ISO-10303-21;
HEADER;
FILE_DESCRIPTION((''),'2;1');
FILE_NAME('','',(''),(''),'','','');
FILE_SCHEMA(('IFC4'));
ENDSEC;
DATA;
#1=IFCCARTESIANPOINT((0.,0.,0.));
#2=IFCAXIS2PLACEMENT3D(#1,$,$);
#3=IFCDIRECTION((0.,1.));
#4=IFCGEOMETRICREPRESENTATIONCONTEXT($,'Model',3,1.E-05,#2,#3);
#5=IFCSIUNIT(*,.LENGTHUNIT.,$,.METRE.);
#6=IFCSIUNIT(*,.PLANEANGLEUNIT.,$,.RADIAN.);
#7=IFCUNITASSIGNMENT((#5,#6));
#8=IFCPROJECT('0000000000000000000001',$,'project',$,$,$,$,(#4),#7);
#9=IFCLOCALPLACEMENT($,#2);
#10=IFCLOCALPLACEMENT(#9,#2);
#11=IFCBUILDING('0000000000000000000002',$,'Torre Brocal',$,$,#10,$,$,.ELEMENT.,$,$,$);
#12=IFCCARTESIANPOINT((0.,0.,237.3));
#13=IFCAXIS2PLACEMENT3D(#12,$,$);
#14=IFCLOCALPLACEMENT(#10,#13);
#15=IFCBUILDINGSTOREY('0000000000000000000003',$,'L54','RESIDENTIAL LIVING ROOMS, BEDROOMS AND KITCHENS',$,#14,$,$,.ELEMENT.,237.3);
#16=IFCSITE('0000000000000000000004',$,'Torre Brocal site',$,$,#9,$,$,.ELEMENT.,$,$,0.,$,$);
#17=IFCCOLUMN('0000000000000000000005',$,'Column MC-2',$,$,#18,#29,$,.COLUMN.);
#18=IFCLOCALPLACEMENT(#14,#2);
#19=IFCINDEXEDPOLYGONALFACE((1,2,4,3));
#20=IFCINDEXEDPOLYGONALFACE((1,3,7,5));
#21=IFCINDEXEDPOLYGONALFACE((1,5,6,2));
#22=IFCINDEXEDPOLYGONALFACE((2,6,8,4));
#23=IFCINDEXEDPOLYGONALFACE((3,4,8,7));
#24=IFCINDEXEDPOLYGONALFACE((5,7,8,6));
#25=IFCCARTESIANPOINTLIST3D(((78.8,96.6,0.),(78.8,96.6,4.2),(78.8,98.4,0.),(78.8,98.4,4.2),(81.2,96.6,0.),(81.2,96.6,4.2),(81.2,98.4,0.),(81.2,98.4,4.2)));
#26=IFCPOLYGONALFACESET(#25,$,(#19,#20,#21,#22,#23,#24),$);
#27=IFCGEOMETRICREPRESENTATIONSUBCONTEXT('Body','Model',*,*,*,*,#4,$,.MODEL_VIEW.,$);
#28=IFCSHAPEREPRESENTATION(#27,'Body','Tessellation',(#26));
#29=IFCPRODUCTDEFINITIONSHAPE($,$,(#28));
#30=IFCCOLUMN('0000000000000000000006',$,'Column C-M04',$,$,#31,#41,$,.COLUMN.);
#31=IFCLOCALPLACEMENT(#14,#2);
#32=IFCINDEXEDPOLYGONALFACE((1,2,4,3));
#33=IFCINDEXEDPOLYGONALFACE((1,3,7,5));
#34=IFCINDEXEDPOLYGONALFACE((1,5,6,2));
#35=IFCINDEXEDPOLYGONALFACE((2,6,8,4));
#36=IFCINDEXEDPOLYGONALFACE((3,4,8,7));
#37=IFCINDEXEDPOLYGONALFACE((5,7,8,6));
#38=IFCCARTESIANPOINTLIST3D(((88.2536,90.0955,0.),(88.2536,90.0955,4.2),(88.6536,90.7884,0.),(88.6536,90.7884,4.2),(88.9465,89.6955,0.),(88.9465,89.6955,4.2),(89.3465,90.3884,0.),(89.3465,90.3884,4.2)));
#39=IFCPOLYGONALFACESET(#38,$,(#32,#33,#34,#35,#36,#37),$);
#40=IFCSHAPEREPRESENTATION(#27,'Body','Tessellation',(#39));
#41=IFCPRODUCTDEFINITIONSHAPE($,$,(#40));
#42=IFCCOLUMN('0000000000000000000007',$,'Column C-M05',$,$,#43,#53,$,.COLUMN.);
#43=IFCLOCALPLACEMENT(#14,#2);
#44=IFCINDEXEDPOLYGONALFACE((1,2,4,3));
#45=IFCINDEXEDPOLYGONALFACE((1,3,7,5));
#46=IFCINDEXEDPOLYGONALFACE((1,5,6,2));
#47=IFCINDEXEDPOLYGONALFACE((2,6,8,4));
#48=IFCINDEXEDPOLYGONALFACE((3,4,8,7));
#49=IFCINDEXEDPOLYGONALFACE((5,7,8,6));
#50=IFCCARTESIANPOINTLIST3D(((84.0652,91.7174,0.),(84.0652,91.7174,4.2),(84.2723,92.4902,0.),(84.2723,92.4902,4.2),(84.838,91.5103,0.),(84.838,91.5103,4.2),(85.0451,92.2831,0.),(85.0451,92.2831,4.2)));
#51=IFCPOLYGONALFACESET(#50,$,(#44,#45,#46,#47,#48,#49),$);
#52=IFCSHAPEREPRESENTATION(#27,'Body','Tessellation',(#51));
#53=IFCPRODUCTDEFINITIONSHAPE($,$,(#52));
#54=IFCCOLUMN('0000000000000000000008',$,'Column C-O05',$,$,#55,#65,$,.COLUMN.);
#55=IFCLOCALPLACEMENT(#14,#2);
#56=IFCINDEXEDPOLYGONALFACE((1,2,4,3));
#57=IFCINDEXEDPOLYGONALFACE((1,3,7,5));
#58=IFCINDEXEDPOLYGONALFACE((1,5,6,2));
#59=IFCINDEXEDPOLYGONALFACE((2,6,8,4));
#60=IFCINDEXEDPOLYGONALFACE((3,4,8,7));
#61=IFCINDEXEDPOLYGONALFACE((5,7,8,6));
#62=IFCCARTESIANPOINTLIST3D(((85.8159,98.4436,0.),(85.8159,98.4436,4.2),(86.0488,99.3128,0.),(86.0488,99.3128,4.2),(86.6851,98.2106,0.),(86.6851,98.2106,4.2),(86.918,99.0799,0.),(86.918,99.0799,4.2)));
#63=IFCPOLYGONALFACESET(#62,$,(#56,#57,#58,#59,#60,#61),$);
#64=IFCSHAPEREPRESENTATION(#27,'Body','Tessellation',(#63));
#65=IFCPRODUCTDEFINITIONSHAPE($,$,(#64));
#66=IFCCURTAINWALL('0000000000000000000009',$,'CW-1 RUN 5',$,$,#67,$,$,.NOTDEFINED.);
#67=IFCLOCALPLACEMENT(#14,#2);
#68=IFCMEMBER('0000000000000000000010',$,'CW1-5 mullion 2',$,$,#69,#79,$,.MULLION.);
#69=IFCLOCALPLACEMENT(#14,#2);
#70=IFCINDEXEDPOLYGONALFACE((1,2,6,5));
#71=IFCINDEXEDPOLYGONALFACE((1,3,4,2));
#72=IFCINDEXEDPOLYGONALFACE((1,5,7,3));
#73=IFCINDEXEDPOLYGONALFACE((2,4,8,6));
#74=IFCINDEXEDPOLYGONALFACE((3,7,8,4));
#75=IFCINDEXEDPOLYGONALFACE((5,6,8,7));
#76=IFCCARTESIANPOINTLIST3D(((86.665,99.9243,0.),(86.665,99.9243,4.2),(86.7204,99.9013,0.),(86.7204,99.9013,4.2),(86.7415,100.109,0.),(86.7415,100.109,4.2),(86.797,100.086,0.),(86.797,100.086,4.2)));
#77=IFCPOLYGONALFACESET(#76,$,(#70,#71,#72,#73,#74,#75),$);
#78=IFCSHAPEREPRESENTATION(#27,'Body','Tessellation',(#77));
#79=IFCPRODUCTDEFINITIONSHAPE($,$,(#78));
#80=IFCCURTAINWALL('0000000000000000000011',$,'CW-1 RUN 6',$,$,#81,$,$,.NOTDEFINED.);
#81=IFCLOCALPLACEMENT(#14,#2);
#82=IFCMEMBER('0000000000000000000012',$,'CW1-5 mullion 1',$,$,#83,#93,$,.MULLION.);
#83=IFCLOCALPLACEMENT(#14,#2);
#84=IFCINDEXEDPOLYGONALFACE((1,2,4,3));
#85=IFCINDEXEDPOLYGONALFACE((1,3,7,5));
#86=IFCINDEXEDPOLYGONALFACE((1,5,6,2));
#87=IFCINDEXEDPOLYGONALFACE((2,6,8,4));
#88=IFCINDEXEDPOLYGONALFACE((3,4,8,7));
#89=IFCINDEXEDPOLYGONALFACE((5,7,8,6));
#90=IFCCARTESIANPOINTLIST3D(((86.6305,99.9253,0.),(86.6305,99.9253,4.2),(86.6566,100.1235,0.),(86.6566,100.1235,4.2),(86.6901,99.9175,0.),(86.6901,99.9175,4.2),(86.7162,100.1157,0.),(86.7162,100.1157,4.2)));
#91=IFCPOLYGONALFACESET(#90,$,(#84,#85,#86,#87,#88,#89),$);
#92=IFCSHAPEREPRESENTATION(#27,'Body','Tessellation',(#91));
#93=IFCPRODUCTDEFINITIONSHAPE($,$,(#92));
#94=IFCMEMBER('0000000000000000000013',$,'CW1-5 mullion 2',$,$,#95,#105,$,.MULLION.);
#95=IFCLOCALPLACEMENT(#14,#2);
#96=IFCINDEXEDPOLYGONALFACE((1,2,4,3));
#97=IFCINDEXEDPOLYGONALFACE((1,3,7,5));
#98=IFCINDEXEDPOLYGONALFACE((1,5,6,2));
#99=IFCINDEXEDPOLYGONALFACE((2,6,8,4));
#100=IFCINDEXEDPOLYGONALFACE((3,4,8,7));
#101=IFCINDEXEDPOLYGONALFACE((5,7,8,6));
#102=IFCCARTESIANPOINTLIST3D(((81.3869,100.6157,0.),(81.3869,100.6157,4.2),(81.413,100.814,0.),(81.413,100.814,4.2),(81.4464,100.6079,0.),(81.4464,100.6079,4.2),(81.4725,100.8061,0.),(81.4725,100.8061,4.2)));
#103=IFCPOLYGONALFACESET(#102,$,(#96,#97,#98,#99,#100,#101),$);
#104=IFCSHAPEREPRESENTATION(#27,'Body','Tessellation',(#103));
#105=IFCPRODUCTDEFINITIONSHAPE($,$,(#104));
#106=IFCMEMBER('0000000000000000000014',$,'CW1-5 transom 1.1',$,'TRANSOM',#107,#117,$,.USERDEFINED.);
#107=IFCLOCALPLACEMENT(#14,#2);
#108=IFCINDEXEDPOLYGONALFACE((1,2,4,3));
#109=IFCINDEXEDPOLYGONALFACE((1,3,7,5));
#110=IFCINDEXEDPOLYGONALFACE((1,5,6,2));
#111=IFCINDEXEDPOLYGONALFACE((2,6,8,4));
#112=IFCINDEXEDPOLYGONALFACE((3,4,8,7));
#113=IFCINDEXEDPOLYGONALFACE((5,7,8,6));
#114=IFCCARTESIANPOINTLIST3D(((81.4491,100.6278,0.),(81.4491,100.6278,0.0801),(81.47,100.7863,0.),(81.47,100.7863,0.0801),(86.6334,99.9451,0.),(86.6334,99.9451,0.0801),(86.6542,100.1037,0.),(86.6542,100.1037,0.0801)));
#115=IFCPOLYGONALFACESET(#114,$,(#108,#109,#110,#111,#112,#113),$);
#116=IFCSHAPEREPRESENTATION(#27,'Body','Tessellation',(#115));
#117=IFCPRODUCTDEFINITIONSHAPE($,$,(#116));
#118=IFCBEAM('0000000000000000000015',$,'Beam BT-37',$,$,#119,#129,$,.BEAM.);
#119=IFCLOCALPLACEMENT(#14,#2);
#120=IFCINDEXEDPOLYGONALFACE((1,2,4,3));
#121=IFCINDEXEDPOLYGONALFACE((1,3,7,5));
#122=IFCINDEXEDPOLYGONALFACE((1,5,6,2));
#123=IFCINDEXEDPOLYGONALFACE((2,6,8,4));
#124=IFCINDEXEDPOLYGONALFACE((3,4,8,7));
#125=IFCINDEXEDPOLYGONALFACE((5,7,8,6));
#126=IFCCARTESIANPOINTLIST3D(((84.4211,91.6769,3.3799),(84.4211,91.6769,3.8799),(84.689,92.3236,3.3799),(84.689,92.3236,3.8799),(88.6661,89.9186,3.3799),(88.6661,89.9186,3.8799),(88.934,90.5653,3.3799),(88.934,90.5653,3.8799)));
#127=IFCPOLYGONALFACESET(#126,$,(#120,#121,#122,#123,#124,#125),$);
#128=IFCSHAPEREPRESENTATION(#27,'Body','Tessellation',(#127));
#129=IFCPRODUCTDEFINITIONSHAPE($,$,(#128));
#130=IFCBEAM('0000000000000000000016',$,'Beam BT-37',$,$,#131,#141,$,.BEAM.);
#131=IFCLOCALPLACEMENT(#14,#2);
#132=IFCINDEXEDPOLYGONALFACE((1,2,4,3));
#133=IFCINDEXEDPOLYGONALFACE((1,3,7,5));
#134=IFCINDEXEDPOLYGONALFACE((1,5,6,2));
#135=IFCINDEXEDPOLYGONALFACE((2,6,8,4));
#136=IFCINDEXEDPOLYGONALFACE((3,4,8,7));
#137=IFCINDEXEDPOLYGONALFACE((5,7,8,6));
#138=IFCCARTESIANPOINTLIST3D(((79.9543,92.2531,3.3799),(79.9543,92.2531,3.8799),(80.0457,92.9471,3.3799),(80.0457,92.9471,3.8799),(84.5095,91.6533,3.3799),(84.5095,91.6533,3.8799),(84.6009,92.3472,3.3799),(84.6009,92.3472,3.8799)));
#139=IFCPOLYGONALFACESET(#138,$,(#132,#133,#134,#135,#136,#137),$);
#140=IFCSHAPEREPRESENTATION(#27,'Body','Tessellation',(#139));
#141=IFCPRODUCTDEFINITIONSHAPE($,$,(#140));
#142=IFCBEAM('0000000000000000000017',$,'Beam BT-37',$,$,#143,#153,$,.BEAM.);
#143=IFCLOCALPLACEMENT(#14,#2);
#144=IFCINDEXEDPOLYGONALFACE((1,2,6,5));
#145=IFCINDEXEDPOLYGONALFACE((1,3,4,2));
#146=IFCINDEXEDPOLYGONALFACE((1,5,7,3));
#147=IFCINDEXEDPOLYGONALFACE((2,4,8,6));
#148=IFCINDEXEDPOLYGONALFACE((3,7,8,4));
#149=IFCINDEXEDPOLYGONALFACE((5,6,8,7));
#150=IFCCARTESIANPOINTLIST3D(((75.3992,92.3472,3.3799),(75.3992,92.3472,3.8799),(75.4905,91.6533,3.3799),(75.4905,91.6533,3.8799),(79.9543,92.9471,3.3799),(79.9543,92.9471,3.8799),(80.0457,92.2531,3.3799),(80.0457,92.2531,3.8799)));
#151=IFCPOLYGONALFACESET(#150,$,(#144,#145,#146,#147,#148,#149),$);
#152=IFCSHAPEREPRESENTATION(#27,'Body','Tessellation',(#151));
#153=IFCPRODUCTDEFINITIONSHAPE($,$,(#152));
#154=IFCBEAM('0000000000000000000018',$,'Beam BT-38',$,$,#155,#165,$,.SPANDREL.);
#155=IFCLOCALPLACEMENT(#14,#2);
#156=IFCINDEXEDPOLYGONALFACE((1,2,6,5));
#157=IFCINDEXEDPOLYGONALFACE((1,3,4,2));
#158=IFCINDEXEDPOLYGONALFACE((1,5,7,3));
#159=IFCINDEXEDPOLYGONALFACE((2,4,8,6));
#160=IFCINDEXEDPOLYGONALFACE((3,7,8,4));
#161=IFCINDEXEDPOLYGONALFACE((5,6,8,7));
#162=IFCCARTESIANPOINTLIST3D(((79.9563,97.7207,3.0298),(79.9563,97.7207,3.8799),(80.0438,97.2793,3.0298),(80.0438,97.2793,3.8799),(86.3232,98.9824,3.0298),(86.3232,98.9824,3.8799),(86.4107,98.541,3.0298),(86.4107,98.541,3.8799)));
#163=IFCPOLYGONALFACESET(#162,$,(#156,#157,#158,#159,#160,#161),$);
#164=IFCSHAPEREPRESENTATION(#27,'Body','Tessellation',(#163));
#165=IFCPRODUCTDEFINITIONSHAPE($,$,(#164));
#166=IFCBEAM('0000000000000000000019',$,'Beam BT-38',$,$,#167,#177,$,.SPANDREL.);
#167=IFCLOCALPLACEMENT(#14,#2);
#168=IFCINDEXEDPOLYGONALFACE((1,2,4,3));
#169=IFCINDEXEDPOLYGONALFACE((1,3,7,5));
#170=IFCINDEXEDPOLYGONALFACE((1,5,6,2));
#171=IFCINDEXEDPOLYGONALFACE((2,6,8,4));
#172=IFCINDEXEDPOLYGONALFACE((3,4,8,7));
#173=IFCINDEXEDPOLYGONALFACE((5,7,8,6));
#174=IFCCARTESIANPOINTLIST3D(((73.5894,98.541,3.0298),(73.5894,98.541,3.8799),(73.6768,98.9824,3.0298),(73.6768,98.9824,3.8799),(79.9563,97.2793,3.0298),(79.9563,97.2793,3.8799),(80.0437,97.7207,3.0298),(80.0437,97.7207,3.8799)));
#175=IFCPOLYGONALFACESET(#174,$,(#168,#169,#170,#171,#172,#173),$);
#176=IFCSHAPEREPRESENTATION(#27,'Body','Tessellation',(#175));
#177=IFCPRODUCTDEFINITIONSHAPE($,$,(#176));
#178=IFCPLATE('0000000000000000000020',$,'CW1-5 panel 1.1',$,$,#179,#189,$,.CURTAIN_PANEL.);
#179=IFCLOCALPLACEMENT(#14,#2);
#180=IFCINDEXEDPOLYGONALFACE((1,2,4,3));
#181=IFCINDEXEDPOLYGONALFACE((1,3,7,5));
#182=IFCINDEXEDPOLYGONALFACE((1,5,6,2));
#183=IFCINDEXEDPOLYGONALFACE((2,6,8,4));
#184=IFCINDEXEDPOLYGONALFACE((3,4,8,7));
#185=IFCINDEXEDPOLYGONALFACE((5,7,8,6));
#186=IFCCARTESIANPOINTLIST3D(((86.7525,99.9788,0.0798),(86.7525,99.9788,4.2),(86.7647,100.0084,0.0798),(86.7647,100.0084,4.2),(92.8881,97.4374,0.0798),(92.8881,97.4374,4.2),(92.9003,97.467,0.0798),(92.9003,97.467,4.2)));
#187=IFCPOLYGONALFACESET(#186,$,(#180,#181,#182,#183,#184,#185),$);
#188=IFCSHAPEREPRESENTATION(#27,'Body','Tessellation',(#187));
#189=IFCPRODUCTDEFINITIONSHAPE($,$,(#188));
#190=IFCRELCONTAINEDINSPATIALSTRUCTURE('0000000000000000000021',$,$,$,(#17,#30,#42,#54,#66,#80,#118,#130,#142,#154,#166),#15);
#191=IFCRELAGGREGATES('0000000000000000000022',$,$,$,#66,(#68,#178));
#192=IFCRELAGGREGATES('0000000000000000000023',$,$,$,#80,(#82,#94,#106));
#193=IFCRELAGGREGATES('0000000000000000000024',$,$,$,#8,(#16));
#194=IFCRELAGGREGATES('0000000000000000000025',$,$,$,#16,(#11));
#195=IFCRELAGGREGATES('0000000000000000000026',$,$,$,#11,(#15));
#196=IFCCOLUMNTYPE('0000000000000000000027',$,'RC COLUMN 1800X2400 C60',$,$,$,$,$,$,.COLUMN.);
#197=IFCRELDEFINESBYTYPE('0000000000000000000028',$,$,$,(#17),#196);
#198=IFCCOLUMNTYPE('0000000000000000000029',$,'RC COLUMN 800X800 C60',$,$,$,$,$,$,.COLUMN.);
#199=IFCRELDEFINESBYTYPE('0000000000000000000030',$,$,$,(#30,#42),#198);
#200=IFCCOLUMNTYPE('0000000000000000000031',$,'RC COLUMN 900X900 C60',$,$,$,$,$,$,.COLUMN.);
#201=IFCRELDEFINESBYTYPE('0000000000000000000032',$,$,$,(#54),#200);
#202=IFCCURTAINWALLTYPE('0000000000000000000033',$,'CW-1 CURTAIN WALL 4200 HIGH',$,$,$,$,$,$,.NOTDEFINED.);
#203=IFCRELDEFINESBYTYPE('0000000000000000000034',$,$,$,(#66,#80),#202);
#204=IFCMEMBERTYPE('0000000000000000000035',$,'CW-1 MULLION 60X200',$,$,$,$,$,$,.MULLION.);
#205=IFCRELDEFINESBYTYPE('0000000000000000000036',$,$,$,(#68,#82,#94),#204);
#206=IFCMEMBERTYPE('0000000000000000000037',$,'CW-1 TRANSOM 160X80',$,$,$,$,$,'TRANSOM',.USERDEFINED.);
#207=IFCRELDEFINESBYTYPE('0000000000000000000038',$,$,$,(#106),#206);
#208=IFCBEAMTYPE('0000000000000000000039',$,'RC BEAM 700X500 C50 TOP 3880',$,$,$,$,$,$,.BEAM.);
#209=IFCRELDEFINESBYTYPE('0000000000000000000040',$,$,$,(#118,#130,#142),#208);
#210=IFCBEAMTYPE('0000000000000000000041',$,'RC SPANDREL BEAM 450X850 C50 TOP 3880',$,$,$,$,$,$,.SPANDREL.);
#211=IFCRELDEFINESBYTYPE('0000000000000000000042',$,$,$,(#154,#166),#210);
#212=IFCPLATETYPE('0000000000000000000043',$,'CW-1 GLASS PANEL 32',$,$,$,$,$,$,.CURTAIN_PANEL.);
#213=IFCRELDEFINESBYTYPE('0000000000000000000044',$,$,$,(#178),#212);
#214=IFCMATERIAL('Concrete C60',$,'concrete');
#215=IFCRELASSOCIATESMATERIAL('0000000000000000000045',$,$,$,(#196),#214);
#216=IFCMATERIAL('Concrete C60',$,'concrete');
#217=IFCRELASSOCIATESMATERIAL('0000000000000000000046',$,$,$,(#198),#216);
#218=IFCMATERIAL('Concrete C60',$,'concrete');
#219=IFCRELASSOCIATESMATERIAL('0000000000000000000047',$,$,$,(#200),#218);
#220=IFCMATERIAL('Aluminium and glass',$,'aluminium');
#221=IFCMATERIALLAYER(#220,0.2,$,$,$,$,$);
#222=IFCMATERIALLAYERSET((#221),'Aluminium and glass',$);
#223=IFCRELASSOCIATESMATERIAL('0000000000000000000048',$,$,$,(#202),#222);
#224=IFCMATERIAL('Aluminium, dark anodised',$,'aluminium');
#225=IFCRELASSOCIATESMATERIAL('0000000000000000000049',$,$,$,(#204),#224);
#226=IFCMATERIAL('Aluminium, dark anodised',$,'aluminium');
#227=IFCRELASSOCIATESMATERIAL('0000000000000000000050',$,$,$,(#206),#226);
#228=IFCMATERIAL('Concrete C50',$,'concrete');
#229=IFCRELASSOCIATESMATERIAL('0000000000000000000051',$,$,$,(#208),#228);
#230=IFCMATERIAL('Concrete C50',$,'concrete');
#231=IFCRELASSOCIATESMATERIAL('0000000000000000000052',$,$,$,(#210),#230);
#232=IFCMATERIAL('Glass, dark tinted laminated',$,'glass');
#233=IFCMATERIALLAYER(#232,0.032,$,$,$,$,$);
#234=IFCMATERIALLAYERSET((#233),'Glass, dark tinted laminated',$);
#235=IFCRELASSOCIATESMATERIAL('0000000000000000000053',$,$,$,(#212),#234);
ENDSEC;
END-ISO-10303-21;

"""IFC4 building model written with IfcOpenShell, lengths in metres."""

from ifc_helpers import new_model, si_unit, direction, frame, origin, origin_2d, place, context, subcontext, project, spatial, rectangle, extrude, material, layer, layer_set, material_profile, profile_set, type_object, element, aggregate, save


model = new_model("IFC4")

# Units and contexts
model_context = context("Model", 3, precision=1e-05, world=origin(), true_north=direction((0.0, 1.0)))
body_context = subcontext(model_context, "Body", "Model", "MODEL_VIEW")
ifc_project = project(units=[si_unit("LENGTHUNIT", "METRE"), si_unit("PLANEANGLEUNIT", "RADIAN")], contexts=[model_context])

# Site, building, storey
site_placement = place(None, origin())
site = spatial("IfcSite", under=ifc_project, at=site_placement, Name="Torre Brocal site", CompositionType="ELEMENT", RefElevation=0.0)
building_placement = place(site_placement, origin())
building = spatial("IfcBuilding", under=site, at=building_placement, Name="Torre Brocal", CompositionType="ELEMENT")
storey_placement = place(building_placement, frame((0.0, 0.0, 237.3)))
storey = spatial("IfcBuildingStorey", under=building, at=storey_placement, Name="L54", Description="RESIDENTIAL LIVING ROOMS, BEDROOMS AND KITCHENS", CompositionType="ELEMENT", Elevation=237.3)

# Columns
ifc_material_1 = material(Name="Concrete C60", Category="concrete")
ifc_material_profile_1 = material_profile(ifc_material_1, rectangle(XDim=1.8, YDim=2.3999, at=origin_2d()), Name="RC 1800X2400")
ifc_profile_set_1 = profile_set([ifc_material_profile_1], Name="Concrete C60")
column_type_1 = type_object("IfcColumnType", Name="RC COLUMN 1800X2400 C60", PredefinedType="COLUMN", material=ifc_profile_set_1)
column_1_placement = place(storey_placement, frame((80.0, 97.5, 0.0), z_axis=(0.0, 0.0, 1.0), x_axis=(0.0, 1.0, 0.0)))
element("IfcColumn", 1, at=column_1_placement, inside=storey, type_object=column_type_1, Name="Column MC-2", PredefinedType="COLUMN", context=body_context, shape_type="SweptSolid", body=[
    extrude(rectangle(XDim=1.8, YDim=2.3999, at=origin_2d()), origin(), (0.0, 0.0, 1.0), 4.2),
])
ifc_material_2 = material(Name="Concrete C60", Category="concrete")
ifc_material_profile_2 = material_profile(ifc_material_2, rectangle(XDim=0.8, YDim=0.8, at=origin_2d()), Name="RC 800X800")
ifc_profile_set_2 = profile_set([ifc_material_profile_2], Name="Concrete C60")
column_type_2 = type_object("IfcColumnType", Name="RC COLUMN 800X800 C60", PredefinedType="COLUMN", material=ifc_profile_set_2)
for number, where, z_axis, x_axis, name in (
    (2, (88.8, 90.2419, 0.0), (0.0, 0.0, 1.0), (0.5, 0.866025, 0.0), "Column C-M04"),
    (3, (84.5552, 92.0002, 0.0), (0.0, 0.0, 1.0), (0.258819, 0.965926, 0.0), "Column C-M05"),
):
    element("IfcColumn", number, at=place(storey_placement, frame(where, z_axis=z_axis, x_axis=x_axis)), inside=storey, type_object=column_type_2, Name=name, PredefinedType="COLUMN", context=body_context, shape_type="SweptSolid", body=[
        extrude(rectangle(XDim=0.8, YDim=0.8, at=origin_2d()), origin(), (0.0, 0.0, 1.0), 4.2),
    ])
ifc_material_3 = material(Name="Concrete C60", Category="concrete")
ifc_material_profile_3 = material_profile(ifc_material_3, rectangle(XDim=0.8999, YDim=0.8999, at=origin_2d()), Name="RC 900X900")
ifc_profile_set_3 = profile_set([ifc_material_profile_3], Name="Concrete C60")
column_type_3 = type_object("IfcColumnType", Name="RC COLUMN 900X900 C60", PredefinedType="COLUMN", material=ifc_profile_set_3)
column_2_placement = place(storey_placement, frame((86.3669, 98.7617, 0.0), z_axis=(0.0, 0.0, 1.0), x_axis=(0.258819, 0.965926, 0.0)))
element("IfcColumn", 4, at=column_2_placement, inside=storey, type_object=column_type_3, Name="Column C-O05", PredefinedType="COLUMN", context=body_context, shape_type="SweptSolid", body=[
    extrude(rectangle(XDim=0.8999, YDim=0.8999, at=origin_2d()), origin(), (0.0, 0.0, 1.0), 4.2),
])

# Curtain wall, member
ifc_material_4 = material(Name="Aluminium and glass", Category="aluminium")
ifc_layer_1 = layer(ifc_material_4, 0.2)
ifc_layer_set_1 = layer_set([ifc_layer_1], Name="Aluminium and glass")
curtain_wall_type = type_object("IfcCurtainWallType", Name="CW-1 CURTAIN WALL 4200 HIGH", PredefinedType="NOTDEFINED", material=ifc_layer_set_1)
curtain_wall_1_placement = place(storey_placement, origin())
curtain_wall_1 = element("IfcCurtainWall", 5, at=curtain_wall_1_placement, inside=storey, type_object=curtain_wall_type, Name="CW-1 RUN 5", PredefinedType="NOTDEFINED")
ifc_material_5 = material(Name="Aluminium, dark anodised", Category="aluminium")
ifc_material_profile_4 = material_profile(ifc_material_5, rectangle(XDim=0.2, YDim=0.0601, at=origin_2d()), Name="CW-1 MULLION 60X200")
ifc_profile_set_4 = profile_set([ifc_material_profile_4], Name="Aluminium, dark anodised")
member_type_1 = type_object("IfcMemberType", Name="CW-1 MULLION 60X200", PredefinedType="MULLION", material=ifc_profile_set_4)
member_1_placement = place(storey_placement, frame((86.731, 100.0051, 0.0), z_axis=(0.0, 0.0, 1.0), x_axis=(-0.382683, -0.92388, 0.0)))
member_1 = element("IfcMember", 6, at=member_1_placement, type_object=member_type_1, Name="CW1-5 mullion 2", PredefinedType="MULLION", context=body_context, shape_type="SweptSolid", body=[
    extrude(rectangle(XDim=0.2, YDim=0.0601, at=origin_2d()), origin(), (0.0, 0.0, 1.0), 4.2),
])

# Curtain wall, members
curtain_wall_2_placement = place(storey_placement, origin())
curtain_wall_2 = element("IfcCurtainWall", 7, at=curtain_wall_2_placement, inside=storey, type_object=curtain_wall_type, Name="CW-1 RUN 6", PredefinedType="NOTDEFINED")
member_2_placement = place(storey_placement, frame((86.6733, 100.0205, 0.0), z_axis=(0.0, 0.0, 1.0), x_axis=(-0.130526, -0.991445, 0.0)))
member_2 = element("IfcMember", 8, at=member_2_placement, type_object=member_type_1, Name="CW1-5 mullion 1", PredefinedType="MULLION", context=body_context, shape_type="SweptSolid", body=[
    extrude(rectangle(XDim=0.2, YDim=0.0601, at=origin_2d()), origin(), (0.0, 0.0, 1.0), 4.2),
])
member_3_placement = place(storey_placement, frame((81.4297, 100.7109, 0.0), z_axis=(0.0, 0.0, 1.0), x_axis=(-0.130526, -0.991445, 0.0)))
member_3 = element("IfcMember", 9, at=member_3_placement, type_object=member_type_1, Name="CW1-5 mullion 2", PredefinedType="MULLION", context=body_context, shape_type="SweptSolid", body=[
    extrude(rectangle(XDim=0.2, YDim=0.0601, at=origin_2d()), origin(), (0.0, 0.0, 1.0), 4.2),
])
ifc_material_6 = material(Name="Aluminium, dark anodised", Category="aluminium")
ifc_material_profile_5 = material_profile(ifc_material_6, rectangle(XDim=0.1599, YDim=0.0801, at=origin_2d()), Name="CW-1 TRANSOM 160X80")
ifc_profile_set_5 = profile_set([ifc_material_profile_5], Name="Aluminium, dark anodised")
member_type_2 = type_object("IfcMemberType", Name="CW-1 TRANSOM 160X80", ElementType="TRANSOM", PredefinedType="USERDEFINED", material=ifc_profile_set_5)
member_4_placement = place(storey_placement, frame((86.6438, 100.0244, 0.04), z_axis=(-0.991443, 0.130543, 0.0), x_axis=(-0.130543, -0.991443, 0.0)))
member_4 = element("IfcMember", 10, at=member_4_placement, type_object=member_type_2, Name="CW1-5 transom 1.1", ObjectType="TRANSOM", PredefinedType="USERDEFINED", context=body_context, shape_type="SweptSolid", body=[
    extrude(rectangle(XDim=0.1599, YDim=0.0801, at=origin_2d()), origin(), (0.0, 0.0, 1.0), 5.229),
])

# Beams
ifc_material_7 = material(Name="Concrete C50", Category="concrete")
ifc_material_profile_6 = material_profile(ifc_material_7, rectangle(XDim=0.7, YDim=0.5, at=origin_2d()), Name="RC 700X500")
ifc_profile_set_6 = profile_set([ifc_material_profile_6], Name="Concrete C50")
beam_type_1 = type_object("IfcBeamType", Name="RC BEAM 700X500 C50 TOP 3880", PredefinedType="BEAM", material=ifc_profile_set_6)
beam_placement = place(storey_placement, frame((88.8, 90.2419, 3.6299), z_axis=(-0.923878, 0.382687, 0.0), x_axis=(-0.382687, -0.923878, 0.0)))
element("IfcBeam", 11, at=beam_placement, inside=storey, type_object=beam_type_1, Name="Beam BT-37", PredefinedType="BEAM", context=body_context, shape_type="SweptSolid", body=[
    extrude(rectangle(XDim=0.7, YDim=0.5, at=origin_2d()), origin(), (0.0, 0.0, 1.0), 4.5947),
])
for number, where, z_axis, x_axis, name in (
    (12, (84.5552, 92.0002, 3.6299), (-0.991441, 0.130559, 0.0), (-0.130559, -0.991441, 0.0), "Beam BT-37"),
    (13, (80.0, 92.6001, 3.6299), (-0.991441, -0.130559, 0.0), (0.130559, -0.991441, 0.0), "Beam BT-37"),
):
    element("IfcBeam", number, at=place(storey_placement, frame(where, z_axis=z_axis, x_axis=x_axis)), inside=storey, type_object=beam_type_1, Name=name, PredefinedType="BEAM", context=body_context, shape_type="SweptSolid", body=[
        extrude(rectangle(XDim=0.7, YDim=0.5, at=origin_2d()), origin(), (0.0, 0.0, 1.0), 4.5945),
    ])
ifc_material_8 = material(Name="Concrete C50", Category="concrete")
ifc_material_profile_7 = material_profile(ifc_material_8, rectangle(XDim=0.45, YDim=0.8501, at=origin_2d()), Name="RC 450X850")
ifc_profile_set_7 = profile_set([ifc_material_profile_7], Name="Concrete C50")
beam_type_2 = type_object("IfcBeamType", Name="RC SPANDREL BEAM 450X850 C50 TOP 3880", PredefinedType="SPANDREL", material=ifc_profile_set_7)
for number, where, z_axis, x_axis, name in (
    (14, (86.3669, 98.7617, 3.4548), (-0.980925, -0.194387, 0.0), (0.194387, -0.980925, 0.0), "Beam BT-38"),
    (15, (80.0, 97.5, 3.4548), (-0.980925, 0.194387, 0.0), (-0.194387, -0.980925, 0.0), "Beam BT-38"),
):
    element("IfcBeam", number, at=place(storey_placement, frame(where, z_axis=z_axis, x_axis=x_axis)), inside=storey, type_object=beam_type_2, Name=name, PredefinedType="SPANDREL", context=body_context, shape_type="SweptSolid", body=[
        extrude(rectangle(XDim=0.45, YDim=0.8501, at=origin_2d()), origin(), (0.0, 0.0, 1.0), 6.4907),
    ])

# Plate
ifc_material_9 = material(Name="Glass, dark tinted laminated", Category="glass")
ifc_layer_2 = layer(ifc_material_9, 0.032)
ifc_layer_set_2 = layer_set([ifc_layer_2], Name="Glass, dark tinted laminated")
plate_type = type_object("IfcPlateType", Name="CW-1 GLASS PANEL 32", PredefinedType="CURTAIN_PANEL", material=ifc_layer_set_2)
plate_1_placement = place(storey_placement, frame((89.8264, 98.7229, 0.0798), z_axis=(0.0, 0.0, 1.0), x_axis=(-0.92388, 0.382683, 0.0)))
plate_1 = element("IfcPlate", 16, at=plate_1_placement, type_object=plate_type, Name="CW1-5 panel 1.1", PredefinedType="CURTAIN_PANEL", context=body_context, shape_type="SweptSolid", body=[
    extrude(rectangle(XDim=6.6411, YDim=0.032, at=origin_2d()), origin(), (0.0, 0.0, 1.0), 4.1201),
])
aggregate(curtain_wall_1, [member_1, plate_1])
aggregate(curtain_wall_2, [member_2, member_3, member_4])

save(model, "model.ifc")
